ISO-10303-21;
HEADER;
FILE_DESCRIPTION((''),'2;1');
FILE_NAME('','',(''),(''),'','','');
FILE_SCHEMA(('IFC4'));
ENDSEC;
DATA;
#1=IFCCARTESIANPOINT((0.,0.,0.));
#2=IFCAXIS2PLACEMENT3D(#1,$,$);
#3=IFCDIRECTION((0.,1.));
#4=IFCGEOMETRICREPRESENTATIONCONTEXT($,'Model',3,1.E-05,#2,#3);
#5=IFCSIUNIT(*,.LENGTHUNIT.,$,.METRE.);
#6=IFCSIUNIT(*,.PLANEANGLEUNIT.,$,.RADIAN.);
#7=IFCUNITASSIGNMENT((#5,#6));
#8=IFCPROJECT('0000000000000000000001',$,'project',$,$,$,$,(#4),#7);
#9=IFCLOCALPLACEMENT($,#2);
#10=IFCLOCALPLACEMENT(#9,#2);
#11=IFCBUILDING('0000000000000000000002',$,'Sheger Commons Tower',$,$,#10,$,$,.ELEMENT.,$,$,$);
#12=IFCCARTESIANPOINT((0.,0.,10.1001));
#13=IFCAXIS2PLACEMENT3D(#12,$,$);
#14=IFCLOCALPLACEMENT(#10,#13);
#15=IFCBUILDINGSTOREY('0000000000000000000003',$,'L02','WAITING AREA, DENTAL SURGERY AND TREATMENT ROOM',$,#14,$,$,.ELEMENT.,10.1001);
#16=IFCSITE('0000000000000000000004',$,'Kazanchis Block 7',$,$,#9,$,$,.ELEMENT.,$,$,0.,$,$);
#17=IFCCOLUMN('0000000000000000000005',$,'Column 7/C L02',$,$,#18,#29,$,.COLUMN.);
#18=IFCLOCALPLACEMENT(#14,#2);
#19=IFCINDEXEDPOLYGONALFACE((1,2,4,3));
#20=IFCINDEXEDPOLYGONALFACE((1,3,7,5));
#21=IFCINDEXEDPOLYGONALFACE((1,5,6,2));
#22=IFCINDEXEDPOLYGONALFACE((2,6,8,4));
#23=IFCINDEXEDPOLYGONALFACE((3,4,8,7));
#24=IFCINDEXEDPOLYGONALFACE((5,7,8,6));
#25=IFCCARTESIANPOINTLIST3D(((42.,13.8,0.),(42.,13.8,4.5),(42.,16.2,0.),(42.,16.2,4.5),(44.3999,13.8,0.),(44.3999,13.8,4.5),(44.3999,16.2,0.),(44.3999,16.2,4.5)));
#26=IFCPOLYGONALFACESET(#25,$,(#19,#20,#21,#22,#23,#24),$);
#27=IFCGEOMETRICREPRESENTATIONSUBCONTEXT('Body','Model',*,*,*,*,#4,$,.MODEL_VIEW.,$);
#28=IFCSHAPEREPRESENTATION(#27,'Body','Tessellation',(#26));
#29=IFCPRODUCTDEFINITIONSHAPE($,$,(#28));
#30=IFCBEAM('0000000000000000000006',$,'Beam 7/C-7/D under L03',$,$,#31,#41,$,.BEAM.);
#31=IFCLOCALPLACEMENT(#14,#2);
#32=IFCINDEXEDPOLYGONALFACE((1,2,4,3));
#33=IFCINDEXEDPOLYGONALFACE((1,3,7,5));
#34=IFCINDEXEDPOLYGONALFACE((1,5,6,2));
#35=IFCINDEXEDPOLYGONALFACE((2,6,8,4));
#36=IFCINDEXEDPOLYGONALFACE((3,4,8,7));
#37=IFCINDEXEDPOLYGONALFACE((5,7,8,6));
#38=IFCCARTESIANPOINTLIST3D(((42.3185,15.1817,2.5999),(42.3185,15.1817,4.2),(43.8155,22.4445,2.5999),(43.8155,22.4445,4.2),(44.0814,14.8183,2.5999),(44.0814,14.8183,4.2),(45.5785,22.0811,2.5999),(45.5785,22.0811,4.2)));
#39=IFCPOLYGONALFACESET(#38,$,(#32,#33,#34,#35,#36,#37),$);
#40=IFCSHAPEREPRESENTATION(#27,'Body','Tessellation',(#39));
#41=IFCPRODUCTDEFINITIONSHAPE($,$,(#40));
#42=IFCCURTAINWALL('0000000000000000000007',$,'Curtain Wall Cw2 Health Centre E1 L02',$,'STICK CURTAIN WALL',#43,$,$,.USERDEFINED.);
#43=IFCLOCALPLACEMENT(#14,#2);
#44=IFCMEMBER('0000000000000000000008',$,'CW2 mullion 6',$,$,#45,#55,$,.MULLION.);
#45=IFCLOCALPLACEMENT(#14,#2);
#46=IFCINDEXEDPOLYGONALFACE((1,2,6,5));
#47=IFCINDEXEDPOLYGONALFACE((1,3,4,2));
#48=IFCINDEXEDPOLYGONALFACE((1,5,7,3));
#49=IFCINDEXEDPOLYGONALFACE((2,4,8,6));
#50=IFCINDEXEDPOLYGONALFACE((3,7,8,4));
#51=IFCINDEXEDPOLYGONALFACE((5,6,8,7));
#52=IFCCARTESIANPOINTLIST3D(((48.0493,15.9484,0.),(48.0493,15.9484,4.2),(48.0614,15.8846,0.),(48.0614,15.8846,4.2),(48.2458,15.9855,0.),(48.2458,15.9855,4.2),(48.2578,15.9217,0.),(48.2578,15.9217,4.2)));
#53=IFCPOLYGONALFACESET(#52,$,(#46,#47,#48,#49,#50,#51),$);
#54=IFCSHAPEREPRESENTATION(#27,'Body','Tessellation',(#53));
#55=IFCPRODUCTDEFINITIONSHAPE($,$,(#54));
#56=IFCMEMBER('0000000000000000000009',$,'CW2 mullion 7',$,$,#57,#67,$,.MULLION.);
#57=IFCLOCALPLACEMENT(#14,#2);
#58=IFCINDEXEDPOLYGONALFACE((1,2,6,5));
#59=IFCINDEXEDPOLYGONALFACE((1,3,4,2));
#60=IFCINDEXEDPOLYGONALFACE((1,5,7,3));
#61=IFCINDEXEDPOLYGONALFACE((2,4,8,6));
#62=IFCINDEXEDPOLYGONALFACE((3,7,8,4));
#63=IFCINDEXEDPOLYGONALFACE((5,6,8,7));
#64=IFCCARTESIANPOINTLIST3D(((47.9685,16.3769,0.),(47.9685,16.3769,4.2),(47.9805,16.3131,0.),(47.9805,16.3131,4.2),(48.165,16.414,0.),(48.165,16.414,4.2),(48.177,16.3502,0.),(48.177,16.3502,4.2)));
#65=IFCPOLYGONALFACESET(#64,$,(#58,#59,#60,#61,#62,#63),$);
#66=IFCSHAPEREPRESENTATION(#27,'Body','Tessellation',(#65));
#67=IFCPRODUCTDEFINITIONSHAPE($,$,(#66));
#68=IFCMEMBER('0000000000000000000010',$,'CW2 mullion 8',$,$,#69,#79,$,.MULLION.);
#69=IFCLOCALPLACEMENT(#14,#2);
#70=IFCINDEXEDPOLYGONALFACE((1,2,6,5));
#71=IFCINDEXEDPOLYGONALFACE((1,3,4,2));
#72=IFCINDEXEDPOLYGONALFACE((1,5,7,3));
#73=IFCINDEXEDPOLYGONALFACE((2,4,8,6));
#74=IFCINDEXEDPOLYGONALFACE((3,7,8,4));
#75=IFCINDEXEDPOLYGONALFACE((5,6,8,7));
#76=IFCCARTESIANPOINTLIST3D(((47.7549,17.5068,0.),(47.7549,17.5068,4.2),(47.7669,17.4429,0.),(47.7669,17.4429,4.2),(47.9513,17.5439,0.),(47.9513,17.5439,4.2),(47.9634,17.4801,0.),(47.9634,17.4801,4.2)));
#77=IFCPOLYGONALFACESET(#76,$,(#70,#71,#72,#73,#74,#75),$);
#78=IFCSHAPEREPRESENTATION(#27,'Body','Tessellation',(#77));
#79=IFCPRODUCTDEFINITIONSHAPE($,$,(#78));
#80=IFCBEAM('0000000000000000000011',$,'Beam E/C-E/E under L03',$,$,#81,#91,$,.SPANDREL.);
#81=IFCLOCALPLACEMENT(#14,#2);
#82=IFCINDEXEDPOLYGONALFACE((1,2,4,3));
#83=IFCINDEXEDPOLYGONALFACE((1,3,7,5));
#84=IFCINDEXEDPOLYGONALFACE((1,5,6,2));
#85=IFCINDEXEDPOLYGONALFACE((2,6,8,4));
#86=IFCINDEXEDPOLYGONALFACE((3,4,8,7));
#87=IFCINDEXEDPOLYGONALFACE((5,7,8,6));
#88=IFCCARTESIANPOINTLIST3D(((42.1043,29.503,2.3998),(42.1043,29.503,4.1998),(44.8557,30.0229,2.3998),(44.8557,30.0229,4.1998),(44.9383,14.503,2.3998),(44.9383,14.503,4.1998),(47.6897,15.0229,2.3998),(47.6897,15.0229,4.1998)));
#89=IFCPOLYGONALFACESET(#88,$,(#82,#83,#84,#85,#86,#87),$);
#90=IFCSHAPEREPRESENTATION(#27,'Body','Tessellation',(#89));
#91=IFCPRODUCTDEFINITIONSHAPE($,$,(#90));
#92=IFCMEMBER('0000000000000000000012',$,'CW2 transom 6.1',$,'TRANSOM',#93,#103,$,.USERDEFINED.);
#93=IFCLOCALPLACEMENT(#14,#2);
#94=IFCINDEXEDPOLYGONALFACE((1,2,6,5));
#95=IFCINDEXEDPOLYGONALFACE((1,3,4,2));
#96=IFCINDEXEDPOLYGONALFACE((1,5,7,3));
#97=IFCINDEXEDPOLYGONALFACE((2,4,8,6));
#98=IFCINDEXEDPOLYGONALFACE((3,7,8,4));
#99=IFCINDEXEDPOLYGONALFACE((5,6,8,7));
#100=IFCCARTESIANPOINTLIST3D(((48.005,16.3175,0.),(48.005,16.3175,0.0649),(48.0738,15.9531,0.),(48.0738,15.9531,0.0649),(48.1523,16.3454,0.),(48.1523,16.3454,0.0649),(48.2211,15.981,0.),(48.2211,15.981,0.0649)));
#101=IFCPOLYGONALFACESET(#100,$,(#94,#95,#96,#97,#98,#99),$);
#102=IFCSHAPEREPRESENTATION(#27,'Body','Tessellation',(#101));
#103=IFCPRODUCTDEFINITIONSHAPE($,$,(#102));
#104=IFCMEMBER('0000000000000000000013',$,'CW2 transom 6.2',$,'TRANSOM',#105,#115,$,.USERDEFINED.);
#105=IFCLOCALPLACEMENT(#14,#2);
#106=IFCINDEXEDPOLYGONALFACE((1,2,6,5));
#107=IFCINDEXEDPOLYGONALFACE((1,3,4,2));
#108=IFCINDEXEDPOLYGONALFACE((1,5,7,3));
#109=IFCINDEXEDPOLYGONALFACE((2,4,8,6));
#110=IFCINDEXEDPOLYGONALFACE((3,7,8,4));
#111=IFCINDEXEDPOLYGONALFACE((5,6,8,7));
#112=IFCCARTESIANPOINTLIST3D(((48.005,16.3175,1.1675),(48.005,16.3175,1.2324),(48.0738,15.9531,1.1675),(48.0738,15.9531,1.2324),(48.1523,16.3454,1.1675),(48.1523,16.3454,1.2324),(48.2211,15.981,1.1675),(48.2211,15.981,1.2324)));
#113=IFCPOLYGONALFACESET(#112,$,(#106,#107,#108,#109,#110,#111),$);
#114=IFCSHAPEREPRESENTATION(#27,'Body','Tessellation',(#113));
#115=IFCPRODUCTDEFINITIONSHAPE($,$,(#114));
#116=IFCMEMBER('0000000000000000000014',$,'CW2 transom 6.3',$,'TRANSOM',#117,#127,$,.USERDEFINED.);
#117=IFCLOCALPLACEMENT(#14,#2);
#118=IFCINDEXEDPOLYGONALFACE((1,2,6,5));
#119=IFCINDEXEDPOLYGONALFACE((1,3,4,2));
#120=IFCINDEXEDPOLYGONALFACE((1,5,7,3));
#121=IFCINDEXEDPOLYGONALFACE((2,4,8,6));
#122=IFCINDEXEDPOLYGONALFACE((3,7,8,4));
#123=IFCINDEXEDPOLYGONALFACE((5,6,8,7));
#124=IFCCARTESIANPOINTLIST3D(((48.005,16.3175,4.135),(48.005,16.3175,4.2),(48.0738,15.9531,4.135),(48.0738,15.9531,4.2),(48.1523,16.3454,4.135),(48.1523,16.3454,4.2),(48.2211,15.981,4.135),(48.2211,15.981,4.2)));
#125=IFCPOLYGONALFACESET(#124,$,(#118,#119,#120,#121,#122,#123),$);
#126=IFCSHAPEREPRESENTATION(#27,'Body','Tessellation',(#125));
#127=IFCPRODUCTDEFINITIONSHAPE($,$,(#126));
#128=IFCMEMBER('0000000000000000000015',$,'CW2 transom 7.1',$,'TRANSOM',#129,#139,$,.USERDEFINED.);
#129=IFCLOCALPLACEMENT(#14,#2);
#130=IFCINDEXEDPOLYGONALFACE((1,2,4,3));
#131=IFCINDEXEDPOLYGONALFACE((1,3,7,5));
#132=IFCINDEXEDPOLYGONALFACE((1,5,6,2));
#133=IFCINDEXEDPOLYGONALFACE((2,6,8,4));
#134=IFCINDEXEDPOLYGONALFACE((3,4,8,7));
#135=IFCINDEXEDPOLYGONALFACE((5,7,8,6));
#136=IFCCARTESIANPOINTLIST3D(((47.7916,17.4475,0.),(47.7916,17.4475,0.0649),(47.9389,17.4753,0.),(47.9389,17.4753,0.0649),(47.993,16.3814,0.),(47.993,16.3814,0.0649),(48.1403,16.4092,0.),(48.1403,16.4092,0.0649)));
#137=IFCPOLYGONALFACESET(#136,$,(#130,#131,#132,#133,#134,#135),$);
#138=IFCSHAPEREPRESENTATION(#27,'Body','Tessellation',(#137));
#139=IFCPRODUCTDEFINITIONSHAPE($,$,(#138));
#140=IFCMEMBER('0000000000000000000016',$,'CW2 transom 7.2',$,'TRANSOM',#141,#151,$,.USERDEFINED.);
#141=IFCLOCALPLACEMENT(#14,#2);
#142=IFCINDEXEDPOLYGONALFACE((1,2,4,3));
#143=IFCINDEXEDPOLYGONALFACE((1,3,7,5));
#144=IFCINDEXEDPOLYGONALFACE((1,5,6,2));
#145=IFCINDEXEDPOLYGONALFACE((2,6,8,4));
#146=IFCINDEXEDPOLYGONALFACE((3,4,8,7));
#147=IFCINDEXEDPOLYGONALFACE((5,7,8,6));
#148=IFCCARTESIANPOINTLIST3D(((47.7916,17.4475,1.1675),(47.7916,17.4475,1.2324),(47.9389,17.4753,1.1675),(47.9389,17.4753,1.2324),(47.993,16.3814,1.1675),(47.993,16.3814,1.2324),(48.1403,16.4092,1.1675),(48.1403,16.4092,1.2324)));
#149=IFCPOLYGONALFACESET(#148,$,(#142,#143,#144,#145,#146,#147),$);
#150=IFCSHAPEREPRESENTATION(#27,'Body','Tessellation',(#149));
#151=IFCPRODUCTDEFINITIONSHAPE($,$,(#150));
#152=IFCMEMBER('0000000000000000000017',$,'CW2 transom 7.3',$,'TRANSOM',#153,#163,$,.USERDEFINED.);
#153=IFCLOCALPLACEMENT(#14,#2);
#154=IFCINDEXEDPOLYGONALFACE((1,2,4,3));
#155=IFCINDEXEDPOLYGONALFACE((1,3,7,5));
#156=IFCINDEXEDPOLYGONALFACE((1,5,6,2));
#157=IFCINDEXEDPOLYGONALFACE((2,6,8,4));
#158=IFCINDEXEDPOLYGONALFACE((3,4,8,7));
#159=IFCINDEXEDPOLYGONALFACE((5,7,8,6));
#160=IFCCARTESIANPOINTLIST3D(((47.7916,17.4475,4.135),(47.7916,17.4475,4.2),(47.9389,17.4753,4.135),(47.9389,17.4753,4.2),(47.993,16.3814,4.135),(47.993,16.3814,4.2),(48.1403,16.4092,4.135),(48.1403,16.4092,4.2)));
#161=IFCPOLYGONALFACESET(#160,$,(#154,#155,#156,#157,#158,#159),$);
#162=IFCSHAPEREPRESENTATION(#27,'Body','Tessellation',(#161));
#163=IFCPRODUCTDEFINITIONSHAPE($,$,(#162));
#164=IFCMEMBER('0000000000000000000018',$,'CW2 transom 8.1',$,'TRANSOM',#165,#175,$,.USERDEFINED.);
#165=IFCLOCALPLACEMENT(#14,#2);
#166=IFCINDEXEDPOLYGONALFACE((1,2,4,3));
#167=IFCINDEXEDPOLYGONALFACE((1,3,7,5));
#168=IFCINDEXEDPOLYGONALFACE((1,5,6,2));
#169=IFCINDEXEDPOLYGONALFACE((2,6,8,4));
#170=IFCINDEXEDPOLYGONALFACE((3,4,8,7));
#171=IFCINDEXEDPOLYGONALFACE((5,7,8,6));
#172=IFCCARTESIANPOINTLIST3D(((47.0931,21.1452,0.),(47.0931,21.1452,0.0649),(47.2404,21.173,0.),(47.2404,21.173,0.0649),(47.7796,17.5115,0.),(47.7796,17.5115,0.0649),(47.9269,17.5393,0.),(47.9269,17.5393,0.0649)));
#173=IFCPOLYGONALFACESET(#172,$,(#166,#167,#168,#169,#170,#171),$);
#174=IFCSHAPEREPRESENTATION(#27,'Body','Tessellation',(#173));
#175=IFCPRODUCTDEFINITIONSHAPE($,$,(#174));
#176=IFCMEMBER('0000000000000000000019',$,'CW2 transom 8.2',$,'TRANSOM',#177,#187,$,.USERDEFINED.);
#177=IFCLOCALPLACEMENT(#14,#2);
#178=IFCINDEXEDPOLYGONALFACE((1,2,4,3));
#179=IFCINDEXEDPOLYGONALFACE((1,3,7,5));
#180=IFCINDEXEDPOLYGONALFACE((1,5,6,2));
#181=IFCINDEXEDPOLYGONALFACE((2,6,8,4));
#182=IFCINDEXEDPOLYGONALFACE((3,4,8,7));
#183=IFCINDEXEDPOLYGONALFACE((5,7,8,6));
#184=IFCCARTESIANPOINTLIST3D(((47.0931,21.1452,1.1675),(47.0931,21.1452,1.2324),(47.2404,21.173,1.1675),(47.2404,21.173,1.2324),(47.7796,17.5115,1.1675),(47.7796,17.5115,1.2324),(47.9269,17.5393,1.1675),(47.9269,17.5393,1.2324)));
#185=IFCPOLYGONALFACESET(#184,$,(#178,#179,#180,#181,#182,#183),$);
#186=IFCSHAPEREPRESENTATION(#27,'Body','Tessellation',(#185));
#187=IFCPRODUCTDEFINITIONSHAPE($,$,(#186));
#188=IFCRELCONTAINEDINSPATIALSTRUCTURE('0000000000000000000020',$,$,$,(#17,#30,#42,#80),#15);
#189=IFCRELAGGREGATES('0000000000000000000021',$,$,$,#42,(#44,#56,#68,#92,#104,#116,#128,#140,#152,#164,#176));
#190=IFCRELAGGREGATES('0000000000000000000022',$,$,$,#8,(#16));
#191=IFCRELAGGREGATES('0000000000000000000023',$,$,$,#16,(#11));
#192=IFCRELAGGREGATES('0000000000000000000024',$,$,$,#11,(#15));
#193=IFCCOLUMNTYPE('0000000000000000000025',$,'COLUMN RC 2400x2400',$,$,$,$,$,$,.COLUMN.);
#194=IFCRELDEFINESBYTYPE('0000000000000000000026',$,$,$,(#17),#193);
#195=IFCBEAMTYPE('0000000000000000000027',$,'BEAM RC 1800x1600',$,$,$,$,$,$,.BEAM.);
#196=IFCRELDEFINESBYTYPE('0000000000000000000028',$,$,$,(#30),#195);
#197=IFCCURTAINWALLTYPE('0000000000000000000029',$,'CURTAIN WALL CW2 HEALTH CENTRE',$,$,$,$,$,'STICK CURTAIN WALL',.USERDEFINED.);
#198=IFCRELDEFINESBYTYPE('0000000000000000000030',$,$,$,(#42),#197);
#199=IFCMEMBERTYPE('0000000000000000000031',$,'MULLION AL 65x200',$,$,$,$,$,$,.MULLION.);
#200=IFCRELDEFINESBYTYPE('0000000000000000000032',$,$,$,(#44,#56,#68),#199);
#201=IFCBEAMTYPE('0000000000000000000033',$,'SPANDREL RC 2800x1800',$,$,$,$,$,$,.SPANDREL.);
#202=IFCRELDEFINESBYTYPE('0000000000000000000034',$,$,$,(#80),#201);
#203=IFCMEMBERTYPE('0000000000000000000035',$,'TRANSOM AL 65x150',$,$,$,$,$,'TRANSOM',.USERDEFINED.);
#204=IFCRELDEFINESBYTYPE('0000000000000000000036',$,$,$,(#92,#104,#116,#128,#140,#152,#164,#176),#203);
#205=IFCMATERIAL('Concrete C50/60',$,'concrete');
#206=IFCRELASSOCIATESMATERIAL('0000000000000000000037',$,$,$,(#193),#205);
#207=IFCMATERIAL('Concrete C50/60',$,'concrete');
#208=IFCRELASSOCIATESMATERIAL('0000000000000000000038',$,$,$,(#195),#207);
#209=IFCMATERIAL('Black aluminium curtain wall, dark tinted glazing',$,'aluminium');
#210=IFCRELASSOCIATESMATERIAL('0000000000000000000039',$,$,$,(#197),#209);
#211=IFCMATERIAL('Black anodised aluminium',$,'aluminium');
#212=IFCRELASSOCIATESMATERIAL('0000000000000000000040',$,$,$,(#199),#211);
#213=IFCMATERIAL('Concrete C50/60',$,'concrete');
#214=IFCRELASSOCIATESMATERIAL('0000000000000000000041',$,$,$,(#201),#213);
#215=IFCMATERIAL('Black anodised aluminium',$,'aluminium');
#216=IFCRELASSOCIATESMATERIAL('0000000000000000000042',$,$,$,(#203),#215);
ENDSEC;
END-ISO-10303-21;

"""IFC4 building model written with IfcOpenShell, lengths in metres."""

from ifc_helpers import new_model, si_unit, direction, frame, origin, origin_2d, place, context, subcontext, project, spatial, rectangle, extrude, material, material_profile, profile_set, type_object, element, aggregate, save


model = new_model("IFC4")

# Units and contexts
model_context = context("Model", 3, precision=1e-05, world=origin(), true_north=direction((0.0, 1.0)))
body_context = subcontext(model_context, "Body", "Model", "MODEL_VIEW")
ifc_project = project(units=[si_unit("LENGTHUNIT", "METRE"), si_unit("PLANEANGLEUNIT", "RADIAN")], contexts=[model_context])

# Site, building, storey
site_placement = place(None, origin())
site = spatial("IfcSite", under=ifc_project, at=site_placement, Name="Kazanchis Block 7", CompositionType="ELEMENT", RefElevation=0.0)
building_placement = place(site_placement, origin())
building = spatial("IfcBuilding", under=site, at=building_placement, Name="Sheger Commons Tower", CompositionType="ELEMENT")
storey_placement = place(building_placement, frame((0.0, 0.0, 10.1001)))
storey = spatial("IfcBuildingStorey", under=building, at=storey_placement, Name="L02", Description="WAITING AREA, DENTAL SURGERY AND TREATMENT ROOM", CompositionType="ELEMENT", Elevation=10.1001)

# Column
ifc_material_1 = material(Name="Concrete C50/60", Category="concrete")
ifc_material_profile_1 = material_profile(ifc_material_1, rectangle(XDim=2.3999, YDim=2.3999, at=origin_2d()), Name="RC 2400x2400")
ifc_profile_set_1 = profile_set([ifc_material_profile_1], Name="Concrete C50/60")
column_type = type_object("IfcColumnType", Name="COLUMN RC 2400x2400", PredefinedType="COLUMN", material=ifc_profile_set_1)
column_placement = place(storey_placement, frame((43.2, 15.0, 0.0), z_axis=(0.0, 0.0, 1.0), x_axis=(1.0, 0.0, 0.0)))
element("IfcColumn", 1, at=column_placement, inside=storey, type_object=column_type, Name="Column 7/C L02", PredefinedType="COLUMN", context=body_context, shape_type="SweptSolid", body=[
    extrude(rectangle(XDim=2.3999, YDim=2.3999, at=origin_2d()), origin(), (0.0, 0.0, 1.0), 4.5),
])

# Beam
ifc_material_2 = material(Name="Concrete C50/60", Category="concrete")
ifc_material_profile_2 = material_profile(ifc_material_2, rectangle(XDim=1.8, YDim=1.6001, at=origin_2d()), Name="RC 1800x1600")
ifc_profile_set_2 = profile_set([ifc_material_profile_2], Name="Concrete C50/60")
beam_type_1 = type_object("IfcBeamType", Name="BEAM RC 1800x1600", PredefinedType="BEAM", material=ifc_profile_set_2)
beam_1_placement = place(storey_placement, frame((43.2, 15.0, 3.3999), z_axis=(0.201881, 0.97941, 0.0), x_axis=(-0.97941, 0.201881, 0.0)))
element("IfcBeam", 2, at=beam_1_placement, inside=storey, type_object=beam_type_1, Name="Beam 7/C-7/D under L03", PredefinedType="BEAM", context=body_context, shape_type="SweptSolid", body=[
    extrude(rectangle(XDim=1.8, YDim=1.6001, at=origin_2d()), origin(), (0.0, 0.0, 1.0), 7.4155),
])

# Curtain wall, members
ifc_material_3 = material(Name="Black aluminium curtain wall, dark tinted glazing", Category="aluminium")
curtain_wall_type = type_object("IfcCurtainWallType", Name="CURTAIN WALL CW2 HEALTH CENTRE", ElementType="STICK CURTAIN WALL", PredefinedType="USERDEFINED", material=ifc_material_3)
curtain_wall_placement = place(storey_placement, origin())
curtain_wall = element("IfcCurtainWall", 3, at=curtain_wall_placement, inside=storey, type_object=curtain_wall_type, Name="Curtain Wall Cw2 Health Centre E1 L02", ObjectType="STICK CURTAIN WALL", PredefinedType="USERDEFINED")
ifc_material_4 = material(Name="Black anodised aluminium", Category="aluminium")
ifc_material_profile_3 = material_profile(ifc_material_4, rectangle(XDim=0.2, YDim=0.0649, at=origin_2d()), Name="AL 65x200")
ifc_profile_set_3 = profile_set([ifc_material_profile_3], Name="Black anodised aluminium")
member_type_1 = type_object("IfcMemberType", Name="MULLION AL 65x200", PredefinedType="MULLION", material=ifc_profile_set_3)
member_1_placement = place(storey_placement, frame((48.1536, 15.9351, 0.0), z_axis=(0.0, 0.0, 1.0), x_axis=(-0.982624, -0.18561, 0.0)))
member_1 = element("IfcMember", 4, at=member_1_placement, type_object=member_type_1, Name="CW2 mullion 6", PredefinedType="MULLION", context=body_context, shape_type="SweptSolid", body=[
    extrude(rectangle(XDim=0.2, YDim=0.0649, at=origin_2d()), origin(), (0.0, 0.0, 1.0), 4.2),
])
member_2_placement = place(storey_placement, frame((48.0728, 16.3635, 0.0), z_axis=(0.0, 0.0, 1.0), x_axis=(-0.982624, -0.18561, 0.0)))
member_2 = element("IfcMember", 5, at=member_2_placement, type_object=member_type_1, Name="CW2 mullion 7", PredefinedType="MULLION", context=body_context, shape_type="SweptSolid", body=[
    extrude(rectangle(XDim=0.2, YDim=0.0649, at=origin_2d()), origin(), (0.0, 0.0, 1.0), 4.2),
])
member_3_placement = place(storey_placement, frame((47.8591, 17.4934, 0.0), z_axis=(0.0, 0.0, 1.0), x_axis=(-0.982624, -0.18561, 0.0)))
member_3 = element("IfcMember", 6, at=member_3_placement, type_object=member_type_1, Name="CW2 mullion 8", PredefinedType="MULLION", context=body_context, shape_type="SweptSolid", body=[
    extrude(rectangle(XDim=0.2, YDim=0.0649, at=origin_2d()), origin(), (0.0, 0.0, 1.0), 4.2),
])

# Beam
ifc_material_5 = material(Name="Concrete C50/60", Category="concrete")
ifc_material_profile_4 = material_profile(ifc_material_5, rectangle(XDim=2.8, YDim=1.8, at=origin_2d()), Name="RC 2800x1800")
ifc_profile_set_4 = profile_set([ifc_material_profile_4], Name="Concrete C50/60")
beam_type_2 = type_object("IfcBeamType", Name="SPANDREL RC 2800x1800", PredefinedType="SPANDREL", material=ifc_profile_set_4)
beam_2_placement = place(storey_placement, frame((46.314, 14.7629, 3.2998), z_axis=(-0.185648, 0.982616, 0.0), x_axis=(-0.982616, -0.185648, 0.0)))
element("IfcBeam", 7, at=beam_2_placement, inside=storey, type_object=beam_type_2, Name="Beam E/C-E/E under L03", PredefinedType="SPANDREL", context=body_context, shape_type="SweptSolid", body=[
    extrude(rectangle(XDim=2.8, YDim=1.8, at=origin_2d()), origin(), (0.0, 0.0, 1.0), 15.2654),
])

# Members
ifc_material_6 = material(Name="Black anodised aluminium", Category="aluminium")
ifc_material_profile_5 = material_profile(ifc_material_6, rectangle(XDim=0.1499, YDim=0.0649, at=origin_2d()), Name="AL 65x150")
ifc_profile_set_5 = profile_set([ifc_material_profile_5], Name="Black anodised aluminium")
member_type_2 = type_object("IfcMemberType", Name="TRANSOM AL 65x150", ElementType="TRANSOM", PredefinedType="USERDEFINED", material=ifc_profile_set_5)
member_4_placement = place(storey_placement, frame((48.1475, 15.967, 0.0325), z_axis=(-0.1856, 0.982625, 0.0), x_axis=(-0.982625, -0.1856, 0.0)))
member_4 = element("IfcMember", 8, at=member_4_placement, type_object=member_type_2, Name="CW2 transom 6.1", ObjectType="TRANSOM", PredefinedType="USERDEFINED", context=body_context, shape_type="SweptSolid", body=[
    extrude(rectangle(XDim=0.1499, YDim=0.0649, at=origin_2d()), origin(), (0.0, 0.0, 1.0), 0.3708),
])
member_5_placement = place(storey_placement, frame((48.1475, 15.967, 1.2), z_axis=(-0.1856, 0.982625, 0.0), x_axis=(-0.982625, -0.1856, 0.0)))
member_5 = element("IfcMember", 9, at=member_5_placement, type_object=member_type_2, Name="CW2 transom 6.2", ObjectType="TRANSOM", PredefinedType="USERDEFINED", context=body_context, shape_type="SweptSolid", body=[
    extrude(rectangle(XDim=0.1499, YDim=0.0649, at=origin_2d()), origin(), (0.0, 0.0, 1.0), 0.3708),
])
member_6_placement = place(storey_placement, frame((48.1475, 15.967, 4.1675), z_axis=(-0.1856, 0.982625, 0.0), x_axis=(-0.982625, -0.1856, 0.0)))
member_6 = element("IfcMember", 10, at=member_6_placement, type_object=member_type_2, Name="CW2 transom 6.3", ObjectType="TRANSOM", PredefinedType="USERDEFINED", context=body_context, shape_type="SweptSolid", body=[
    extrude(rectangle(XDim=0.1499, YDim=0.0649, at=origin_2d()), origin(), (0.0, 0.0, 1.0), 0.3708),
])
member_7_placement = place(storey_placement, frame((48.0667, 16.3953, 0.0325), z_axis=(-0.185633, 0.982619, 0.0), x_axis=(-0.982619, -0.185633, 0.0)))
member_7 = element("IfcMember", 11, at=member_7_placement, type_object=member_type_2, Name="CW2 transom 7.1", ObjectType="TRANSOM", PredefinedType="USERDEFINED", context=body_context, shape_type="SweptSolid", body=[
    extrude(rectangle(XDim=0.1499, YDim=0.0649, at=origin_2d()), origin(), (0.0, 0.0, 1.0), 1.085),
])
member_8_placement = place(storey_placement, frame((48.0667, 16.3953, 1.2), z_axis=(-0.185633, 0.982619, 0.0), x_axis=(-0.982619, -0.185633, 0.0)))
member_8 = element("IfcMember", 12, at=member_8_placement, type_object=member_type_2, Name="CW2 transom 7.2", ObjectType="TRANSOM", PredefinedType="USERDEFINED", context=body_context, shape_type="SweptSolid", body=[
    extrude(rectangle(XDim=0.1499, YDim=0.0649, at=origin_2d()), origin(), (0.0, 0.0, 1.0), 1.085),
])
member_9_placement = place(storey_placement, frame((48.0667, 16.3953, 4.1675), z_axis=(-0.185633, 0.982619, 0.0), x_axis=(-0.982619, -0.185633, 0.0)))
member_9 = element("IfcMember", 13, at=member_9_placement, type_object=member_type_2, Name="CW2 transom 7.3", ObjectType="TRANSOM", PredefinedType="USERDEFINED", context=body_context, shape_type="SweptSolid", body=[
    extrude(rectangle(XDim=0.1499, YDim=0.0649, at=origin_2d()), origin(), (0.0, 0.0, 1.0), 1.085),
])
member_10_placement = place(storey_placement, frame((47.8533, 17.5254, 0.0325), z_axis=(-0.185644, 0.982617, 0.0), x_axis=(-0.982617, -0.185644, 0.0)))
member_10 = element("IfcMember", 14, at=member_10_placement, type_object=member_type_2, Name="CW2 transom 8.1", ObjectType="TRANSOM", PredefinedType="USERDEFINED", context=body_context, shape_type="SweptSolid", body=[
    extrude(rectangle(XDim=0.1499, YDim=0.0649, at=origin_2d()), origin(), (0.0, 0.0, 1.0), 3.698),
])
member_11_placement = place(storey_placement, frame((47.8533, 17.5254, 1.2), z_axis=(-0.185644, 0.982617, 0.0), x_axis=(-0.982617, -0.185644, 0.0)))
member_11 = element("IfcMember", 15, at=member_11_placement, type_object=member_type_2, Name="CW2 transom 8.2", ObjectType="TRANSOM", PredefinedType="USERDEFINED", context=body_context, shape_type="SweptSolid", body=[
    extrude(rectangle(XDim=0.1499, YDim=0.0649, at=origin_2d()), origin(), (0.0, 0.0, 1.0), 3.698),
])

aggregate(curtain_wall, [member_1, member_2, member_3, member_4, member_5, member_6, member_7, member_8, member_9, member_10, member_11])

save(model, "model.ifc")
